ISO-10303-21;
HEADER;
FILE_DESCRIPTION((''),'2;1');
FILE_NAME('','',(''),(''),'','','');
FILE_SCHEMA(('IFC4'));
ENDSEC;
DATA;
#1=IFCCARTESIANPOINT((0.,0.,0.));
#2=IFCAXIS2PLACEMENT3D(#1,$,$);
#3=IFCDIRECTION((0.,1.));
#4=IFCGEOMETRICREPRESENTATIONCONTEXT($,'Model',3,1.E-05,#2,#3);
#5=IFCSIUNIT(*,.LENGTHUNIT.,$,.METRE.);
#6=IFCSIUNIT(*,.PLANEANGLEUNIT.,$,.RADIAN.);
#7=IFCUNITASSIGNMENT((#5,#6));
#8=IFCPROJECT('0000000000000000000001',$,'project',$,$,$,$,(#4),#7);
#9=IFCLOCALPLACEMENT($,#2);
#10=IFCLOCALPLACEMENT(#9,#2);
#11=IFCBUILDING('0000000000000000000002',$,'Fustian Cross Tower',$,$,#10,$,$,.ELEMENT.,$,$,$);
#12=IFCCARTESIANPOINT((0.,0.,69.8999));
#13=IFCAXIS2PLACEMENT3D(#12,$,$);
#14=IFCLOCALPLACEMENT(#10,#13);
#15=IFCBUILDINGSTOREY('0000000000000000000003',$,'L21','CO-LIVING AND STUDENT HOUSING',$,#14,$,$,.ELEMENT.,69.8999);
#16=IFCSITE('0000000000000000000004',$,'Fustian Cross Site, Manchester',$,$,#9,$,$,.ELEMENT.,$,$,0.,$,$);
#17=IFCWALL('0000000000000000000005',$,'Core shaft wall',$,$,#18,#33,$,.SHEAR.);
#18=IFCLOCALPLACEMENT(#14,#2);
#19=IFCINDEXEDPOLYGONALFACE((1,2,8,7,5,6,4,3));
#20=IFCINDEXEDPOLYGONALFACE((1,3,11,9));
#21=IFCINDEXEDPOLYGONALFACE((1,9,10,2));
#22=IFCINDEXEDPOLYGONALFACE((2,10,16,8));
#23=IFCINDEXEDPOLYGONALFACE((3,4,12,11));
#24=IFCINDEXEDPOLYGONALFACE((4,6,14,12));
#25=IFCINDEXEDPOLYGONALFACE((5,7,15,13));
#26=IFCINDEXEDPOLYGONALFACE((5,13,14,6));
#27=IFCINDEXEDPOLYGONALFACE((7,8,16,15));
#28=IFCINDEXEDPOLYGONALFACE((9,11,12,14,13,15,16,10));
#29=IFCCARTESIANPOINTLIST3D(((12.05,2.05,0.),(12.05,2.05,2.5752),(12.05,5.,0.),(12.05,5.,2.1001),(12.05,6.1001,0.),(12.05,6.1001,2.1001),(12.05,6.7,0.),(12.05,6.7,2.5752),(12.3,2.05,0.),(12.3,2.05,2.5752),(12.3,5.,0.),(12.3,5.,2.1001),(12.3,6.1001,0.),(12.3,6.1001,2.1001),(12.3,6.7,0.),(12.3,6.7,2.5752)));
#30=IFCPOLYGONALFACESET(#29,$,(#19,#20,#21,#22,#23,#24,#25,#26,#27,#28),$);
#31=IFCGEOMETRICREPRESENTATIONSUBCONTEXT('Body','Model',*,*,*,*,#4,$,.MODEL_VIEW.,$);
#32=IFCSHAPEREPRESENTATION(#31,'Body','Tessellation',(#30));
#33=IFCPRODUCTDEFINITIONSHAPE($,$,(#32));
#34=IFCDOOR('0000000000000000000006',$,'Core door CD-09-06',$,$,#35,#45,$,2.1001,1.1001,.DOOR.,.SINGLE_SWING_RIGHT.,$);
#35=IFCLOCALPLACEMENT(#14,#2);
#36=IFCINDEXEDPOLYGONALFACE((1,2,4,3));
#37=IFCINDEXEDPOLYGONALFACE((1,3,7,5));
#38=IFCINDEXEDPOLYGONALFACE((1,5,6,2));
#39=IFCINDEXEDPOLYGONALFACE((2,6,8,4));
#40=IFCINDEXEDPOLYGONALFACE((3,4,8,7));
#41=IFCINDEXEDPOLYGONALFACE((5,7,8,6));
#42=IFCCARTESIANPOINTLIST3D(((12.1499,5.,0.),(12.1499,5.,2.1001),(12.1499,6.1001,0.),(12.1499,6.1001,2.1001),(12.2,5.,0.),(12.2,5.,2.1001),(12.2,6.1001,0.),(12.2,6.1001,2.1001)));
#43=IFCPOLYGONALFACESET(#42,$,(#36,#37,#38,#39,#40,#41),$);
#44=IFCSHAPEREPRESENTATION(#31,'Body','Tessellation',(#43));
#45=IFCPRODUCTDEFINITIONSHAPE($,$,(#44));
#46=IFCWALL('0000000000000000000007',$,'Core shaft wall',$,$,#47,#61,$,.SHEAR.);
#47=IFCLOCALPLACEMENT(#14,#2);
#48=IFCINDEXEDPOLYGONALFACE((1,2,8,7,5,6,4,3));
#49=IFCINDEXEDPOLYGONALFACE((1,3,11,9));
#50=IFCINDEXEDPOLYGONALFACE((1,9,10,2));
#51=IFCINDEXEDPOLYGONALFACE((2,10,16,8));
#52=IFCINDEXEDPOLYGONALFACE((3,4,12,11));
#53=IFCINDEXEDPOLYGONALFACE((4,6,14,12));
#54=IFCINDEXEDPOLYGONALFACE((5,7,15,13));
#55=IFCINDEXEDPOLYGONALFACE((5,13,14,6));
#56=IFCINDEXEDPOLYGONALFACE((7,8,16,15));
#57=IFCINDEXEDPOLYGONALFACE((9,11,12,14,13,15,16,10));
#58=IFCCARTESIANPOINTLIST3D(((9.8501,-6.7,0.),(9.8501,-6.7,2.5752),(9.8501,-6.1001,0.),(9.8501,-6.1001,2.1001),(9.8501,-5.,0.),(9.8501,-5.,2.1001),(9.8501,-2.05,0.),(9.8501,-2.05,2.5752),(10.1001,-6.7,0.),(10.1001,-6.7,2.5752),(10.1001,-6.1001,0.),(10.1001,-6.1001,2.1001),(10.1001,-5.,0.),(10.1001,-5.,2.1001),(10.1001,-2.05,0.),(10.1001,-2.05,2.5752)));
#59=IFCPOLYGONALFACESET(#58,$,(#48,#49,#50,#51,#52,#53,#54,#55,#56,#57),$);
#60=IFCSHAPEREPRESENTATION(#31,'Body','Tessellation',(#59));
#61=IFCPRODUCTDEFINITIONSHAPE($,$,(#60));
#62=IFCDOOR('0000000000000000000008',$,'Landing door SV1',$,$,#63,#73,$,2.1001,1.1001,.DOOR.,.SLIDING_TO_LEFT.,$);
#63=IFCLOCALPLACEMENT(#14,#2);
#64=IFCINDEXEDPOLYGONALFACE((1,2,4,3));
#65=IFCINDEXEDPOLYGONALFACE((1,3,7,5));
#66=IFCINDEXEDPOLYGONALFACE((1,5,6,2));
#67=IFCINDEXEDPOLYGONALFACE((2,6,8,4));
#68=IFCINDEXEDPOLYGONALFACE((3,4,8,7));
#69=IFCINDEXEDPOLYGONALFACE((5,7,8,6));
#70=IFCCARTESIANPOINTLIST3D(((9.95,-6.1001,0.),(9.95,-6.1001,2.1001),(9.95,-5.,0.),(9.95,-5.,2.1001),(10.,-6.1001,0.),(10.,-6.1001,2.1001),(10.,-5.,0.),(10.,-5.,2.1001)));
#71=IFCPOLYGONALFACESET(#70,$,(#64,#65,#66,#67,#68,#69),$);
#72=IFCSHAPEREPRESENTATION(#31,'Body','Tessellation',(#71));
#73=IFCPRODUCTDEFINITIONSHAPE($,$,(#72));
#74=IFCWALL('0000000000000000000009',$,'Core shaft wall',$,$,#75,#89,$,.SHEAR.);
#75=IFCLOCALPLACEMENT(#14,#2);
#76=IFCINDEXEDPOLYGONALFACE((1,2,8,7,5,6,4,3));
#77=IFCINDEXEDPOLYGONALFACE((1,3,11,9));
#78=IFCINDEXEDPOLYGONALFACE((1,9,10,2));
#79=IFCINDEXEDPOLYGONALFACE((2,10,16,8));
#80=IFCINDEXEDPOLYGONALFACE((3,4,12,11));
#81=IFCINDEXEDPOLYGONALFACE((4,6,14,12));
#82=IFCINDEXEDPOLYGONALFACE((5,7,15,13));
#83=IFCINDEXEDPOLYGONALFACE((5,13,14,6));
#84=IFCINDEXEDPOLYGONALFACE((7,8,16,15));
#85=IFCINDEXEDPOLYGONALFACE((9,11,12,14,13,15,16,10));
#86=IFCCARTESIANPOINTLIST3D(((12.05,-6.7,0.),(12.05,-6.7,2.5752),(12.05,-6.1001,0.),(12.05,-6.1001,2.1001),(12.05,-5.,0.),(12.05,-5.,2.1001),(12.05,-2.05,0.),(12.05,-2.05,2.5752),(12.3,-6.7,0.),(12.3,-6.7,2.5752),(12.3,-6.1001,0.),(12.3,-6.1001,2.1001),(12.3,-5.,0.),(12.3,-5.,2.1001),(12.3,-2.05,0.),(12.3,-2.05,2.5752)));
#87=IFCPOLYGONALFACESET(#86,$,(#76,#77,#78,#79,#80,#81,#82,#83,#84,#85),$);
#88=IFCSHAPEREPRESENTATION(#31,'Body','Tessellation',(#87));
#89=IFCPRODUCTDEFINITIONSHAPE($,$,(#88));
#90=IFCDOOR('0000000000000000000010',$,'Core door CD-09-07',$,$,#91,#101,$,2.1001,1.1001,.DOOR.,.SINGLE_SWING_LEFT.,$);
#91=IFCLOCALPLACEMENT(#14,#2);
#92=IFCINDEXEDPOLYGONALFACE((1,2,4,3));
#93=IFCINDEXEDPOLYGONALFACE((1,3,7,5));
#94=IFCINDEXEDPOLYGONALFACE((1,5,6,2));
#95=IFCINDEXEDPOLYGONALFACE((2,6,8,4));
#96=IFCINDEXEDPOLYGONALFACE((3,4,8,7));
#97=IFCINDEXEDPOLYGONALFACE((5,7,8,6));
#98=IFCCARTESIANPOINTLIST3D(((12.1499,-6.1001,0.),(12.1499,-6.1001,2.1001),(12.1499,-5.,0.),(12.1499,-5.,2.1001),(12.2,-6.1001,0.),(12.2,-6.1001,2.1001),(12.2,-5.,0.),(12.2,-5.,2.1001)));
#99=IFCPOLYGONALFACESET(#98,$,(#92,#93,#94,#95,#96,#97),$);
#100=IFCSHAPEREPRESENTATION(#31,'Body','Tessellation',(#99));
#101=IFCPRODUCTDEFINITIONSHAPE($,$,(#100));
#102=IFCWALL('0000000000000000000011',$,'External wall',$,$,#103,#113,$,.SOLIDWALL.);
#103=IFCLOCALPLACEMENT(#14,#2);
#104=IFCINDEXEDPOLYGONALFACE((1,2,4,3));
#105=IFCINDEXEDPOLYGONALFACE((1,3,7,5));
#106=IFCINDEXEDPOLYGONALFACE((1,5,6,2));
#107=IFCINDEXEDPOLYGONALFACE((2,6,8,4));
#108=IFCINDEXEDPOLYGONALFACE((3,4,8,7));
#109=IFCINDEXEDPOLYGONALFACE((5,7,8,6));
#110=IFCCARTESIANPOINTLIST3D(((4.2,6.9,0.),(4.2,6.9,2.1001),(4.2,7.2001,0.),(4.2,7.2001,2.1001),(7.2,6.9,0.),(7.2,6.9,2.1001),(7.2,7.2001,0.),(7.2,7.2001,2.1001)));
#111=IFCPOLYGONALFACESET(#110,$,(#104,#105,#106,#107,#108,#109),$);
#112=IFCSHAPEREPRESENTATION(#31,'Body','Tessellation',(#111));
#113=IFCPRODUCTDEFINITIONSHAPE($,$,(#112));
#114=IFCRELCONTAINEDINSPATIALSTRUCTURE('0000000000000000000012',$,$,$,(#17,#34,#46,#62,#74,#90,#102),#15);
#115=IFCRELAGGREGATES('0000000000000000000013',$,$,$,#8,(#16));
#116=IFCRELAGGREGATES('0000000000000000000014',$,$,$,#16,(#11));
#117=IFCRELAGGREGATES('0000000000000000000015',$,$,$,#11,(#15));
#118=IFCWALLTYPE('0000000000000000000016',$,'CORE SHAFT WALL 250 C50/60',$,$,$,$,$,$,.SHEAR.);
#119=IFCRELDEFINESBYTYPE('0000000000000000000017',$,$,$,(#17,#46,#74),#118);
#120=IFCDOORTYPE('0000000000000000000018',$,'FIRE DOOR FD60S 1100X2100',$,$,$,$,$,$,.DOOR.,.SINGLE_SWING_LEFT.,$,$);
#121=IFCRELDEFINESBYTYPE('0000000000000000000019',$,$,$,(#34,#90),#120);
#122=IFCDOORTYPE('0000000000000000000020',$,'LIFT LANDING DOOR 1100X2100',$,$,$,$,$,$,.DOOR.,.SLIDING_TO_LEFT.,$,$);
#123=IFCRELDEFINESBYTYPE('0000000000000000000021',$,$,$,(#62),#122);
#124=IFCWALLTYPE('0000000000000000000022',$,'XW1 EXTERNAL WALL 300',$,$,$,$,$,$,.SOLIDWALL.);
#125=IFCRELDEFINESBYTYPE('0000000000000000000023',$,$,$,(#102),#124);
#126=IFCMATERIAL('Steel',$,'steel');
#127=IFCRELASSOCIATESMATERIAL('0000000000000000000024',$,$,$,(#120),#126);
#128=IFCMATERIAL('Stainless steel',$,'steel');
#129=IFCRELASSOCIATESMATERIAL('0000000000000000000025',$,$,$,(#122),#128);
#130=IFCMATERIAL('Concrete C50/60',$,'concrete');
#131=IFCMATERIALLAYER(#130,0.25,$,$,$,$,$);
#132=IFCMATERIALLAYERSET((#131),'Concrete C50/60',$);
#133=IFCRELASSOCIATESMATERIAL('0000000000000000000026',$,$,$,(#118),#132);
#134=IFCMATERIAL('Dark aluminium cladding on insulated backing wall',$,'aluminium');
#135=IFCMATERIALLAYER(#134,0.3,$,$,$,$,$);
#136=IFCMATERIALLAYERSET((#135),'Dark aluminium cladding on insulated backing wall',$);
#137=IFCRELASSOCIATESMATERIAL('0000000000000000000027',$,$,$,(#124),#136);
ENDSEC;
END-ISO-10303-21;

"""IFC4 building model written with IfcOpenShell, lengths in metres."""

from ifc_helpers import new_model, si_unit, direction, frame, frame_2d, origin, place, context, subcontext, project, spatial, rectangle, extrude, material, layer, layer_set, type_object, element, fill, save


model = new_model("IFC4")

# Units and contexts
model_context = context("Model", 3, precision=1e-05, world=origin(), true_north=direction((0.0, 1.0)))
body_context = subcontext(model_context, "Body", "Model", "MODEL_VIEW")
ifc_project = project(units=[si_unit("LENGTHUNIT", "METRE"), si_unit("PLANEANGLEUNIT", "RADIAN")], contexts=[model_context])

# Site, building, storey
site_placement = place(None, origin())
site = spatial("IfcSite", under=ifc_project, at=site_placement, Name="Fustian Cross Site, Manchester", CompositionType="ELEMENT", RefElevation=0.0)
building_placement = place(site_placement, origin())
building = spatial("IfcBuilding", under=site, at=building_placement, Name="Fustian Cross Tower", CompositionType="ELEMENT")
storey_placement = place(building_placement, frame((0.0, 0.0, 69.8999)))
storey = spatial("IfcBuildingStorey", under=building, at=storey_placement, Name="L21", Description="CO-LIVING AND STUDENT HOUSING", CompositionType="ELEMENT", Elevation=69.8999)

# Shared definitions
ifc_material_1 = material(Name="Steel", Category="steel")
door_type_1 = type_object("IfcDoorType", Name="FIRE DOOR FD60S 1100X2100", OperationType="SINGLE_SWING_LEFT", PredefinedType="DOOR", material=ifc_material_1)
ifc_material_2 = material(Name="Stainless steel", Category="steel")
door_type_2 = type_object("IfcDoorType", Name="LIFT LANDING DOOR 1100X2100", OperationType="SLIDING_TO_LEFT", PredefinedType="DOOR", material=ifc_material_2)

# Shared definitions
ifc_material_3 = material(Name="Concrete C50/60", Category="concrete")
ifc_layer_1 = layer(ifc_material_3, 0.25)
ifc_layer_set_1 = layer_set([ifc_layer_1], Name="Concrete C50/60")
wall_type_1 = type_object("IfcWallType", Name="CORE SHAFT WALL 250 C50/60", PredefinedType="SHEAR", material=ifc_layer_set_1)

# Walls, openings, doors
wall_1_placement = place(storey_placement, frame((12.175, 2.05, 0.0), z_axis=(0.0, 0.0, 1.0), x_axis=(0.0, 1.0, 0.0)))
wall_1 = element("IfcWall", 1, at=wall_1_placement, inside=storey, type_object=wall_type_1, Name="Core shaft wall", PredefinedType="SHEAR", context=body_context, shape_type="SweptSolid", body=[
    extrude(rectangle(XDim=4.6499, YDim=0.25, at=frame_2d((2.325, 0.0))), origin(), (0.0, 0.0, 1.0), 2.5752),
])
opening_1_placement = place(wall_1_placement, frame((2.95, 0.0, 0.0)))
opening_1 = element("IfcOpeningElement", 2, at=opening_1_placement, cuts=wall_1, PredefinedType="OPENING", context=body_context, shape_type="SweptSolid", body=[
    extrude(rectangle(XDim=1.1001, YDim=2.1001, at=frame_2d((0.55, 1.05))), frame((0.0, 0.135, 0.0), z_axis=(0.0, -1.0, 0.0), x_axis=(1.0, 0.0, 0.0)), (0.0, 0.0, 1.0), 0.27),
])
door_1_placement = place(opening_1_placement, frame((1.1001, 0.0, 0.0), z_axis=(0.0, 0.0, 1.0), x_axis=(-1.0, 0.0, 0.0)))
door_1 = element("IfcDoor", 3, at=door_1_placement, inside=storey, type_object=door_type_1, Name="Core door CD-09-06", OperationType="SINGLE_SWING_RIGHT", OverallHeight=2.1001, OverallWidth=1.1001, PredefinedType="DOOR", context=body_context, shape_type="SweptSolid", body=[
    extrude(rectangle(XDim=1.1001, YDim=2.1001, at=frame_2d((0.55, 1.05))), frame((0.0, 0.0249, 0.0), z_axis=(0.0, -1.0, 0.0), x_axis=(1.0, 0.0, 0.0)), (0.0, 0.0, 1.0), 0.05),
])
fill(opening_1, door_1)
wall_2_placement = place(storey_placement, frame((9.9751, -2.05, 0.0), z_axis=(0.0, 0.0, 1.0), x_axis=(0.0, -1.0, 0.0)))
wall_2 = element("IfcWall", 4, at=wall_2_placement, inside=storey, type_object=wall_type_1, Name="Core shaft wall", PredefinedType="SHEAR", context=body_context, shape_type="SweptSolid", body=[
    extrude(rectangle(XDim=4.6499, YDim=0.25, at=frame_2d((2.325, 0.0))), origin(), (0.0, 0.0, 1.0), 2.5752),
])
opening_2_placement = place(wall_2_placement, frame((2.95, 0.0, 0.0)))
opening_2 = element("IfcOpeningElement", 5, at=opening_2_placement, cuts=wall_2, PredefinedType="OPENING", context=body_context, shape_type="SweptSolid", body=[
    extrude(rectangle(XDim=1.1001, YDim=2.1001, at=frame_2d((0.55, 1.05))), frame((0.0, 0.135, 0.0), z_axis=(0.0, -1.0, 0.0), x_axis=(1.0, 0.0, 0.0)), (0.0, 0.0, 1.0), 0.27),
])
door_2_placement = place(opening_2_placement, origin())
door_2 = element("IfcDoor", 6, at=door_2_placement, inside=storey, type_object=door_type_2, Name="Landing door SV1", OperationType="SLIDING_TO_LEFT", OverallHeight=2.1001, OverallWidth=1.1001, PredefinedType="DOOR", context=body_context, shape_type="SweptSolid", body=[
    extrude(rectangle(XDim=1.1001, YDim=2.1001, at=frame_2d((0.55, 1.05))), frame((0.0, 0.0249, 0.0), z_axis=(0.0, -1.0, 0.0), x_axis=(1.0, 0.0, 0.0)), (0.0, 0.0, 1.0), 0.05),
])
fill(opening_2, door_2)
wall_3_placement = place(storey_placement, frame((12.175, -2.05, 0.0), z_axis=(0.0, 0.0, 1.0), x_axis=(0.0, -1.0, 0.0)))
wall_3 = element("IfcWall", 7, at=wall_3_placement, inside=storey, type_object=wall_type_1, Name="Core shaft wall", PredefinedType="SHEAR", context=body_context, shape_type="SweptSolid", body=[
    extrude(rectangle(XDim=4.6499, YDim=0.25, at=frame_2d((2.325, 0.0))), origin(), (0.0, 0.0, 1.0), 2.5752),
])
opening_3_placement = place(wall_3_placement, frame((2.95, 0.0, 0.0)))
opening_3 = element("IfcOpeningElement", 8, at=opening_3_placement, cuts=wall_3, PredefinedType="OPENING", context=body_context, shape_type="SweptSolid", body=[
    extrude(rectangle(XDim=1.1001, YDim=2.1001, at=frame_2d((0.55, 1.05))), frame((0.0, 0.135, 0.0), z_axis=(0.0, -1.0, 0.0), x_axis=(1.0, 0.0, 0.0)), (0.0, 0.0, 1.0), 0.27),
])
door_3_placement = place(opening_3_placement, origin())
door_3 = element("IfcDoor", 9, at=door_3_placement, inside=storey, type_object=door_type_1, Name="Core door CD-09-07", OperationType="SINGLE_SWING_LEFT", OverallHeight=2.1001, OverallWidth=1.1001, PredefinedType="DOOR", context=body_context, shape_type="SweptSolid", body=[
    extrude(rectangle(XDim=1.1001, YDim=2.1001, at=frame_2d((0.55, 1.05))), frame((0.0, 0.0249, 0.0), z_axis=(0.0, -1.0, 0.0), x_axis=(1.0, 0.0, 0.0)), (0.0, 0.0, 1.0), 0.05),
])
fill(opening_3, door_3)

# Wall
ifc_material_4 = material(Name="Dark aluminium cladding on insulated backing wall", Category="aluminium")
ifc_layer_2 = layer(ifc_material_4, 0.3)
ifc_layer_set_2 = layer_set([ifc_layer_2], Name="Dark aluminium cladding on insulated backing wall")
wall_type_2 = type_object("IfcWallType", Name="XW1 EXTERNAL WALL 300", PredefinedType="SOLIDWALL", material=ifc_layer_set_2)
wall_4_placement = place(storey_placement, frame((7.2, 7.05, 0.0), z_axis=(0.0, 0.0, 1.0), x_axis=(-1.0, 0.0, 0.0)))
element("IfcWall", 10, at=wall_4_placement, inside=storey, type_object=wall_type_2, Name="External wall", PredefinedType="SOLIDWALL", context=body_context, shape_type="SweptSolid", body=[
    extrude(rectangle(XDim=3.0, YDim=0.3, at=frame_2d((1.5, 0.0))), origin(), (0.0, 0.0, 1.0), 2.1001),
])

save(model, "model.ifc")
